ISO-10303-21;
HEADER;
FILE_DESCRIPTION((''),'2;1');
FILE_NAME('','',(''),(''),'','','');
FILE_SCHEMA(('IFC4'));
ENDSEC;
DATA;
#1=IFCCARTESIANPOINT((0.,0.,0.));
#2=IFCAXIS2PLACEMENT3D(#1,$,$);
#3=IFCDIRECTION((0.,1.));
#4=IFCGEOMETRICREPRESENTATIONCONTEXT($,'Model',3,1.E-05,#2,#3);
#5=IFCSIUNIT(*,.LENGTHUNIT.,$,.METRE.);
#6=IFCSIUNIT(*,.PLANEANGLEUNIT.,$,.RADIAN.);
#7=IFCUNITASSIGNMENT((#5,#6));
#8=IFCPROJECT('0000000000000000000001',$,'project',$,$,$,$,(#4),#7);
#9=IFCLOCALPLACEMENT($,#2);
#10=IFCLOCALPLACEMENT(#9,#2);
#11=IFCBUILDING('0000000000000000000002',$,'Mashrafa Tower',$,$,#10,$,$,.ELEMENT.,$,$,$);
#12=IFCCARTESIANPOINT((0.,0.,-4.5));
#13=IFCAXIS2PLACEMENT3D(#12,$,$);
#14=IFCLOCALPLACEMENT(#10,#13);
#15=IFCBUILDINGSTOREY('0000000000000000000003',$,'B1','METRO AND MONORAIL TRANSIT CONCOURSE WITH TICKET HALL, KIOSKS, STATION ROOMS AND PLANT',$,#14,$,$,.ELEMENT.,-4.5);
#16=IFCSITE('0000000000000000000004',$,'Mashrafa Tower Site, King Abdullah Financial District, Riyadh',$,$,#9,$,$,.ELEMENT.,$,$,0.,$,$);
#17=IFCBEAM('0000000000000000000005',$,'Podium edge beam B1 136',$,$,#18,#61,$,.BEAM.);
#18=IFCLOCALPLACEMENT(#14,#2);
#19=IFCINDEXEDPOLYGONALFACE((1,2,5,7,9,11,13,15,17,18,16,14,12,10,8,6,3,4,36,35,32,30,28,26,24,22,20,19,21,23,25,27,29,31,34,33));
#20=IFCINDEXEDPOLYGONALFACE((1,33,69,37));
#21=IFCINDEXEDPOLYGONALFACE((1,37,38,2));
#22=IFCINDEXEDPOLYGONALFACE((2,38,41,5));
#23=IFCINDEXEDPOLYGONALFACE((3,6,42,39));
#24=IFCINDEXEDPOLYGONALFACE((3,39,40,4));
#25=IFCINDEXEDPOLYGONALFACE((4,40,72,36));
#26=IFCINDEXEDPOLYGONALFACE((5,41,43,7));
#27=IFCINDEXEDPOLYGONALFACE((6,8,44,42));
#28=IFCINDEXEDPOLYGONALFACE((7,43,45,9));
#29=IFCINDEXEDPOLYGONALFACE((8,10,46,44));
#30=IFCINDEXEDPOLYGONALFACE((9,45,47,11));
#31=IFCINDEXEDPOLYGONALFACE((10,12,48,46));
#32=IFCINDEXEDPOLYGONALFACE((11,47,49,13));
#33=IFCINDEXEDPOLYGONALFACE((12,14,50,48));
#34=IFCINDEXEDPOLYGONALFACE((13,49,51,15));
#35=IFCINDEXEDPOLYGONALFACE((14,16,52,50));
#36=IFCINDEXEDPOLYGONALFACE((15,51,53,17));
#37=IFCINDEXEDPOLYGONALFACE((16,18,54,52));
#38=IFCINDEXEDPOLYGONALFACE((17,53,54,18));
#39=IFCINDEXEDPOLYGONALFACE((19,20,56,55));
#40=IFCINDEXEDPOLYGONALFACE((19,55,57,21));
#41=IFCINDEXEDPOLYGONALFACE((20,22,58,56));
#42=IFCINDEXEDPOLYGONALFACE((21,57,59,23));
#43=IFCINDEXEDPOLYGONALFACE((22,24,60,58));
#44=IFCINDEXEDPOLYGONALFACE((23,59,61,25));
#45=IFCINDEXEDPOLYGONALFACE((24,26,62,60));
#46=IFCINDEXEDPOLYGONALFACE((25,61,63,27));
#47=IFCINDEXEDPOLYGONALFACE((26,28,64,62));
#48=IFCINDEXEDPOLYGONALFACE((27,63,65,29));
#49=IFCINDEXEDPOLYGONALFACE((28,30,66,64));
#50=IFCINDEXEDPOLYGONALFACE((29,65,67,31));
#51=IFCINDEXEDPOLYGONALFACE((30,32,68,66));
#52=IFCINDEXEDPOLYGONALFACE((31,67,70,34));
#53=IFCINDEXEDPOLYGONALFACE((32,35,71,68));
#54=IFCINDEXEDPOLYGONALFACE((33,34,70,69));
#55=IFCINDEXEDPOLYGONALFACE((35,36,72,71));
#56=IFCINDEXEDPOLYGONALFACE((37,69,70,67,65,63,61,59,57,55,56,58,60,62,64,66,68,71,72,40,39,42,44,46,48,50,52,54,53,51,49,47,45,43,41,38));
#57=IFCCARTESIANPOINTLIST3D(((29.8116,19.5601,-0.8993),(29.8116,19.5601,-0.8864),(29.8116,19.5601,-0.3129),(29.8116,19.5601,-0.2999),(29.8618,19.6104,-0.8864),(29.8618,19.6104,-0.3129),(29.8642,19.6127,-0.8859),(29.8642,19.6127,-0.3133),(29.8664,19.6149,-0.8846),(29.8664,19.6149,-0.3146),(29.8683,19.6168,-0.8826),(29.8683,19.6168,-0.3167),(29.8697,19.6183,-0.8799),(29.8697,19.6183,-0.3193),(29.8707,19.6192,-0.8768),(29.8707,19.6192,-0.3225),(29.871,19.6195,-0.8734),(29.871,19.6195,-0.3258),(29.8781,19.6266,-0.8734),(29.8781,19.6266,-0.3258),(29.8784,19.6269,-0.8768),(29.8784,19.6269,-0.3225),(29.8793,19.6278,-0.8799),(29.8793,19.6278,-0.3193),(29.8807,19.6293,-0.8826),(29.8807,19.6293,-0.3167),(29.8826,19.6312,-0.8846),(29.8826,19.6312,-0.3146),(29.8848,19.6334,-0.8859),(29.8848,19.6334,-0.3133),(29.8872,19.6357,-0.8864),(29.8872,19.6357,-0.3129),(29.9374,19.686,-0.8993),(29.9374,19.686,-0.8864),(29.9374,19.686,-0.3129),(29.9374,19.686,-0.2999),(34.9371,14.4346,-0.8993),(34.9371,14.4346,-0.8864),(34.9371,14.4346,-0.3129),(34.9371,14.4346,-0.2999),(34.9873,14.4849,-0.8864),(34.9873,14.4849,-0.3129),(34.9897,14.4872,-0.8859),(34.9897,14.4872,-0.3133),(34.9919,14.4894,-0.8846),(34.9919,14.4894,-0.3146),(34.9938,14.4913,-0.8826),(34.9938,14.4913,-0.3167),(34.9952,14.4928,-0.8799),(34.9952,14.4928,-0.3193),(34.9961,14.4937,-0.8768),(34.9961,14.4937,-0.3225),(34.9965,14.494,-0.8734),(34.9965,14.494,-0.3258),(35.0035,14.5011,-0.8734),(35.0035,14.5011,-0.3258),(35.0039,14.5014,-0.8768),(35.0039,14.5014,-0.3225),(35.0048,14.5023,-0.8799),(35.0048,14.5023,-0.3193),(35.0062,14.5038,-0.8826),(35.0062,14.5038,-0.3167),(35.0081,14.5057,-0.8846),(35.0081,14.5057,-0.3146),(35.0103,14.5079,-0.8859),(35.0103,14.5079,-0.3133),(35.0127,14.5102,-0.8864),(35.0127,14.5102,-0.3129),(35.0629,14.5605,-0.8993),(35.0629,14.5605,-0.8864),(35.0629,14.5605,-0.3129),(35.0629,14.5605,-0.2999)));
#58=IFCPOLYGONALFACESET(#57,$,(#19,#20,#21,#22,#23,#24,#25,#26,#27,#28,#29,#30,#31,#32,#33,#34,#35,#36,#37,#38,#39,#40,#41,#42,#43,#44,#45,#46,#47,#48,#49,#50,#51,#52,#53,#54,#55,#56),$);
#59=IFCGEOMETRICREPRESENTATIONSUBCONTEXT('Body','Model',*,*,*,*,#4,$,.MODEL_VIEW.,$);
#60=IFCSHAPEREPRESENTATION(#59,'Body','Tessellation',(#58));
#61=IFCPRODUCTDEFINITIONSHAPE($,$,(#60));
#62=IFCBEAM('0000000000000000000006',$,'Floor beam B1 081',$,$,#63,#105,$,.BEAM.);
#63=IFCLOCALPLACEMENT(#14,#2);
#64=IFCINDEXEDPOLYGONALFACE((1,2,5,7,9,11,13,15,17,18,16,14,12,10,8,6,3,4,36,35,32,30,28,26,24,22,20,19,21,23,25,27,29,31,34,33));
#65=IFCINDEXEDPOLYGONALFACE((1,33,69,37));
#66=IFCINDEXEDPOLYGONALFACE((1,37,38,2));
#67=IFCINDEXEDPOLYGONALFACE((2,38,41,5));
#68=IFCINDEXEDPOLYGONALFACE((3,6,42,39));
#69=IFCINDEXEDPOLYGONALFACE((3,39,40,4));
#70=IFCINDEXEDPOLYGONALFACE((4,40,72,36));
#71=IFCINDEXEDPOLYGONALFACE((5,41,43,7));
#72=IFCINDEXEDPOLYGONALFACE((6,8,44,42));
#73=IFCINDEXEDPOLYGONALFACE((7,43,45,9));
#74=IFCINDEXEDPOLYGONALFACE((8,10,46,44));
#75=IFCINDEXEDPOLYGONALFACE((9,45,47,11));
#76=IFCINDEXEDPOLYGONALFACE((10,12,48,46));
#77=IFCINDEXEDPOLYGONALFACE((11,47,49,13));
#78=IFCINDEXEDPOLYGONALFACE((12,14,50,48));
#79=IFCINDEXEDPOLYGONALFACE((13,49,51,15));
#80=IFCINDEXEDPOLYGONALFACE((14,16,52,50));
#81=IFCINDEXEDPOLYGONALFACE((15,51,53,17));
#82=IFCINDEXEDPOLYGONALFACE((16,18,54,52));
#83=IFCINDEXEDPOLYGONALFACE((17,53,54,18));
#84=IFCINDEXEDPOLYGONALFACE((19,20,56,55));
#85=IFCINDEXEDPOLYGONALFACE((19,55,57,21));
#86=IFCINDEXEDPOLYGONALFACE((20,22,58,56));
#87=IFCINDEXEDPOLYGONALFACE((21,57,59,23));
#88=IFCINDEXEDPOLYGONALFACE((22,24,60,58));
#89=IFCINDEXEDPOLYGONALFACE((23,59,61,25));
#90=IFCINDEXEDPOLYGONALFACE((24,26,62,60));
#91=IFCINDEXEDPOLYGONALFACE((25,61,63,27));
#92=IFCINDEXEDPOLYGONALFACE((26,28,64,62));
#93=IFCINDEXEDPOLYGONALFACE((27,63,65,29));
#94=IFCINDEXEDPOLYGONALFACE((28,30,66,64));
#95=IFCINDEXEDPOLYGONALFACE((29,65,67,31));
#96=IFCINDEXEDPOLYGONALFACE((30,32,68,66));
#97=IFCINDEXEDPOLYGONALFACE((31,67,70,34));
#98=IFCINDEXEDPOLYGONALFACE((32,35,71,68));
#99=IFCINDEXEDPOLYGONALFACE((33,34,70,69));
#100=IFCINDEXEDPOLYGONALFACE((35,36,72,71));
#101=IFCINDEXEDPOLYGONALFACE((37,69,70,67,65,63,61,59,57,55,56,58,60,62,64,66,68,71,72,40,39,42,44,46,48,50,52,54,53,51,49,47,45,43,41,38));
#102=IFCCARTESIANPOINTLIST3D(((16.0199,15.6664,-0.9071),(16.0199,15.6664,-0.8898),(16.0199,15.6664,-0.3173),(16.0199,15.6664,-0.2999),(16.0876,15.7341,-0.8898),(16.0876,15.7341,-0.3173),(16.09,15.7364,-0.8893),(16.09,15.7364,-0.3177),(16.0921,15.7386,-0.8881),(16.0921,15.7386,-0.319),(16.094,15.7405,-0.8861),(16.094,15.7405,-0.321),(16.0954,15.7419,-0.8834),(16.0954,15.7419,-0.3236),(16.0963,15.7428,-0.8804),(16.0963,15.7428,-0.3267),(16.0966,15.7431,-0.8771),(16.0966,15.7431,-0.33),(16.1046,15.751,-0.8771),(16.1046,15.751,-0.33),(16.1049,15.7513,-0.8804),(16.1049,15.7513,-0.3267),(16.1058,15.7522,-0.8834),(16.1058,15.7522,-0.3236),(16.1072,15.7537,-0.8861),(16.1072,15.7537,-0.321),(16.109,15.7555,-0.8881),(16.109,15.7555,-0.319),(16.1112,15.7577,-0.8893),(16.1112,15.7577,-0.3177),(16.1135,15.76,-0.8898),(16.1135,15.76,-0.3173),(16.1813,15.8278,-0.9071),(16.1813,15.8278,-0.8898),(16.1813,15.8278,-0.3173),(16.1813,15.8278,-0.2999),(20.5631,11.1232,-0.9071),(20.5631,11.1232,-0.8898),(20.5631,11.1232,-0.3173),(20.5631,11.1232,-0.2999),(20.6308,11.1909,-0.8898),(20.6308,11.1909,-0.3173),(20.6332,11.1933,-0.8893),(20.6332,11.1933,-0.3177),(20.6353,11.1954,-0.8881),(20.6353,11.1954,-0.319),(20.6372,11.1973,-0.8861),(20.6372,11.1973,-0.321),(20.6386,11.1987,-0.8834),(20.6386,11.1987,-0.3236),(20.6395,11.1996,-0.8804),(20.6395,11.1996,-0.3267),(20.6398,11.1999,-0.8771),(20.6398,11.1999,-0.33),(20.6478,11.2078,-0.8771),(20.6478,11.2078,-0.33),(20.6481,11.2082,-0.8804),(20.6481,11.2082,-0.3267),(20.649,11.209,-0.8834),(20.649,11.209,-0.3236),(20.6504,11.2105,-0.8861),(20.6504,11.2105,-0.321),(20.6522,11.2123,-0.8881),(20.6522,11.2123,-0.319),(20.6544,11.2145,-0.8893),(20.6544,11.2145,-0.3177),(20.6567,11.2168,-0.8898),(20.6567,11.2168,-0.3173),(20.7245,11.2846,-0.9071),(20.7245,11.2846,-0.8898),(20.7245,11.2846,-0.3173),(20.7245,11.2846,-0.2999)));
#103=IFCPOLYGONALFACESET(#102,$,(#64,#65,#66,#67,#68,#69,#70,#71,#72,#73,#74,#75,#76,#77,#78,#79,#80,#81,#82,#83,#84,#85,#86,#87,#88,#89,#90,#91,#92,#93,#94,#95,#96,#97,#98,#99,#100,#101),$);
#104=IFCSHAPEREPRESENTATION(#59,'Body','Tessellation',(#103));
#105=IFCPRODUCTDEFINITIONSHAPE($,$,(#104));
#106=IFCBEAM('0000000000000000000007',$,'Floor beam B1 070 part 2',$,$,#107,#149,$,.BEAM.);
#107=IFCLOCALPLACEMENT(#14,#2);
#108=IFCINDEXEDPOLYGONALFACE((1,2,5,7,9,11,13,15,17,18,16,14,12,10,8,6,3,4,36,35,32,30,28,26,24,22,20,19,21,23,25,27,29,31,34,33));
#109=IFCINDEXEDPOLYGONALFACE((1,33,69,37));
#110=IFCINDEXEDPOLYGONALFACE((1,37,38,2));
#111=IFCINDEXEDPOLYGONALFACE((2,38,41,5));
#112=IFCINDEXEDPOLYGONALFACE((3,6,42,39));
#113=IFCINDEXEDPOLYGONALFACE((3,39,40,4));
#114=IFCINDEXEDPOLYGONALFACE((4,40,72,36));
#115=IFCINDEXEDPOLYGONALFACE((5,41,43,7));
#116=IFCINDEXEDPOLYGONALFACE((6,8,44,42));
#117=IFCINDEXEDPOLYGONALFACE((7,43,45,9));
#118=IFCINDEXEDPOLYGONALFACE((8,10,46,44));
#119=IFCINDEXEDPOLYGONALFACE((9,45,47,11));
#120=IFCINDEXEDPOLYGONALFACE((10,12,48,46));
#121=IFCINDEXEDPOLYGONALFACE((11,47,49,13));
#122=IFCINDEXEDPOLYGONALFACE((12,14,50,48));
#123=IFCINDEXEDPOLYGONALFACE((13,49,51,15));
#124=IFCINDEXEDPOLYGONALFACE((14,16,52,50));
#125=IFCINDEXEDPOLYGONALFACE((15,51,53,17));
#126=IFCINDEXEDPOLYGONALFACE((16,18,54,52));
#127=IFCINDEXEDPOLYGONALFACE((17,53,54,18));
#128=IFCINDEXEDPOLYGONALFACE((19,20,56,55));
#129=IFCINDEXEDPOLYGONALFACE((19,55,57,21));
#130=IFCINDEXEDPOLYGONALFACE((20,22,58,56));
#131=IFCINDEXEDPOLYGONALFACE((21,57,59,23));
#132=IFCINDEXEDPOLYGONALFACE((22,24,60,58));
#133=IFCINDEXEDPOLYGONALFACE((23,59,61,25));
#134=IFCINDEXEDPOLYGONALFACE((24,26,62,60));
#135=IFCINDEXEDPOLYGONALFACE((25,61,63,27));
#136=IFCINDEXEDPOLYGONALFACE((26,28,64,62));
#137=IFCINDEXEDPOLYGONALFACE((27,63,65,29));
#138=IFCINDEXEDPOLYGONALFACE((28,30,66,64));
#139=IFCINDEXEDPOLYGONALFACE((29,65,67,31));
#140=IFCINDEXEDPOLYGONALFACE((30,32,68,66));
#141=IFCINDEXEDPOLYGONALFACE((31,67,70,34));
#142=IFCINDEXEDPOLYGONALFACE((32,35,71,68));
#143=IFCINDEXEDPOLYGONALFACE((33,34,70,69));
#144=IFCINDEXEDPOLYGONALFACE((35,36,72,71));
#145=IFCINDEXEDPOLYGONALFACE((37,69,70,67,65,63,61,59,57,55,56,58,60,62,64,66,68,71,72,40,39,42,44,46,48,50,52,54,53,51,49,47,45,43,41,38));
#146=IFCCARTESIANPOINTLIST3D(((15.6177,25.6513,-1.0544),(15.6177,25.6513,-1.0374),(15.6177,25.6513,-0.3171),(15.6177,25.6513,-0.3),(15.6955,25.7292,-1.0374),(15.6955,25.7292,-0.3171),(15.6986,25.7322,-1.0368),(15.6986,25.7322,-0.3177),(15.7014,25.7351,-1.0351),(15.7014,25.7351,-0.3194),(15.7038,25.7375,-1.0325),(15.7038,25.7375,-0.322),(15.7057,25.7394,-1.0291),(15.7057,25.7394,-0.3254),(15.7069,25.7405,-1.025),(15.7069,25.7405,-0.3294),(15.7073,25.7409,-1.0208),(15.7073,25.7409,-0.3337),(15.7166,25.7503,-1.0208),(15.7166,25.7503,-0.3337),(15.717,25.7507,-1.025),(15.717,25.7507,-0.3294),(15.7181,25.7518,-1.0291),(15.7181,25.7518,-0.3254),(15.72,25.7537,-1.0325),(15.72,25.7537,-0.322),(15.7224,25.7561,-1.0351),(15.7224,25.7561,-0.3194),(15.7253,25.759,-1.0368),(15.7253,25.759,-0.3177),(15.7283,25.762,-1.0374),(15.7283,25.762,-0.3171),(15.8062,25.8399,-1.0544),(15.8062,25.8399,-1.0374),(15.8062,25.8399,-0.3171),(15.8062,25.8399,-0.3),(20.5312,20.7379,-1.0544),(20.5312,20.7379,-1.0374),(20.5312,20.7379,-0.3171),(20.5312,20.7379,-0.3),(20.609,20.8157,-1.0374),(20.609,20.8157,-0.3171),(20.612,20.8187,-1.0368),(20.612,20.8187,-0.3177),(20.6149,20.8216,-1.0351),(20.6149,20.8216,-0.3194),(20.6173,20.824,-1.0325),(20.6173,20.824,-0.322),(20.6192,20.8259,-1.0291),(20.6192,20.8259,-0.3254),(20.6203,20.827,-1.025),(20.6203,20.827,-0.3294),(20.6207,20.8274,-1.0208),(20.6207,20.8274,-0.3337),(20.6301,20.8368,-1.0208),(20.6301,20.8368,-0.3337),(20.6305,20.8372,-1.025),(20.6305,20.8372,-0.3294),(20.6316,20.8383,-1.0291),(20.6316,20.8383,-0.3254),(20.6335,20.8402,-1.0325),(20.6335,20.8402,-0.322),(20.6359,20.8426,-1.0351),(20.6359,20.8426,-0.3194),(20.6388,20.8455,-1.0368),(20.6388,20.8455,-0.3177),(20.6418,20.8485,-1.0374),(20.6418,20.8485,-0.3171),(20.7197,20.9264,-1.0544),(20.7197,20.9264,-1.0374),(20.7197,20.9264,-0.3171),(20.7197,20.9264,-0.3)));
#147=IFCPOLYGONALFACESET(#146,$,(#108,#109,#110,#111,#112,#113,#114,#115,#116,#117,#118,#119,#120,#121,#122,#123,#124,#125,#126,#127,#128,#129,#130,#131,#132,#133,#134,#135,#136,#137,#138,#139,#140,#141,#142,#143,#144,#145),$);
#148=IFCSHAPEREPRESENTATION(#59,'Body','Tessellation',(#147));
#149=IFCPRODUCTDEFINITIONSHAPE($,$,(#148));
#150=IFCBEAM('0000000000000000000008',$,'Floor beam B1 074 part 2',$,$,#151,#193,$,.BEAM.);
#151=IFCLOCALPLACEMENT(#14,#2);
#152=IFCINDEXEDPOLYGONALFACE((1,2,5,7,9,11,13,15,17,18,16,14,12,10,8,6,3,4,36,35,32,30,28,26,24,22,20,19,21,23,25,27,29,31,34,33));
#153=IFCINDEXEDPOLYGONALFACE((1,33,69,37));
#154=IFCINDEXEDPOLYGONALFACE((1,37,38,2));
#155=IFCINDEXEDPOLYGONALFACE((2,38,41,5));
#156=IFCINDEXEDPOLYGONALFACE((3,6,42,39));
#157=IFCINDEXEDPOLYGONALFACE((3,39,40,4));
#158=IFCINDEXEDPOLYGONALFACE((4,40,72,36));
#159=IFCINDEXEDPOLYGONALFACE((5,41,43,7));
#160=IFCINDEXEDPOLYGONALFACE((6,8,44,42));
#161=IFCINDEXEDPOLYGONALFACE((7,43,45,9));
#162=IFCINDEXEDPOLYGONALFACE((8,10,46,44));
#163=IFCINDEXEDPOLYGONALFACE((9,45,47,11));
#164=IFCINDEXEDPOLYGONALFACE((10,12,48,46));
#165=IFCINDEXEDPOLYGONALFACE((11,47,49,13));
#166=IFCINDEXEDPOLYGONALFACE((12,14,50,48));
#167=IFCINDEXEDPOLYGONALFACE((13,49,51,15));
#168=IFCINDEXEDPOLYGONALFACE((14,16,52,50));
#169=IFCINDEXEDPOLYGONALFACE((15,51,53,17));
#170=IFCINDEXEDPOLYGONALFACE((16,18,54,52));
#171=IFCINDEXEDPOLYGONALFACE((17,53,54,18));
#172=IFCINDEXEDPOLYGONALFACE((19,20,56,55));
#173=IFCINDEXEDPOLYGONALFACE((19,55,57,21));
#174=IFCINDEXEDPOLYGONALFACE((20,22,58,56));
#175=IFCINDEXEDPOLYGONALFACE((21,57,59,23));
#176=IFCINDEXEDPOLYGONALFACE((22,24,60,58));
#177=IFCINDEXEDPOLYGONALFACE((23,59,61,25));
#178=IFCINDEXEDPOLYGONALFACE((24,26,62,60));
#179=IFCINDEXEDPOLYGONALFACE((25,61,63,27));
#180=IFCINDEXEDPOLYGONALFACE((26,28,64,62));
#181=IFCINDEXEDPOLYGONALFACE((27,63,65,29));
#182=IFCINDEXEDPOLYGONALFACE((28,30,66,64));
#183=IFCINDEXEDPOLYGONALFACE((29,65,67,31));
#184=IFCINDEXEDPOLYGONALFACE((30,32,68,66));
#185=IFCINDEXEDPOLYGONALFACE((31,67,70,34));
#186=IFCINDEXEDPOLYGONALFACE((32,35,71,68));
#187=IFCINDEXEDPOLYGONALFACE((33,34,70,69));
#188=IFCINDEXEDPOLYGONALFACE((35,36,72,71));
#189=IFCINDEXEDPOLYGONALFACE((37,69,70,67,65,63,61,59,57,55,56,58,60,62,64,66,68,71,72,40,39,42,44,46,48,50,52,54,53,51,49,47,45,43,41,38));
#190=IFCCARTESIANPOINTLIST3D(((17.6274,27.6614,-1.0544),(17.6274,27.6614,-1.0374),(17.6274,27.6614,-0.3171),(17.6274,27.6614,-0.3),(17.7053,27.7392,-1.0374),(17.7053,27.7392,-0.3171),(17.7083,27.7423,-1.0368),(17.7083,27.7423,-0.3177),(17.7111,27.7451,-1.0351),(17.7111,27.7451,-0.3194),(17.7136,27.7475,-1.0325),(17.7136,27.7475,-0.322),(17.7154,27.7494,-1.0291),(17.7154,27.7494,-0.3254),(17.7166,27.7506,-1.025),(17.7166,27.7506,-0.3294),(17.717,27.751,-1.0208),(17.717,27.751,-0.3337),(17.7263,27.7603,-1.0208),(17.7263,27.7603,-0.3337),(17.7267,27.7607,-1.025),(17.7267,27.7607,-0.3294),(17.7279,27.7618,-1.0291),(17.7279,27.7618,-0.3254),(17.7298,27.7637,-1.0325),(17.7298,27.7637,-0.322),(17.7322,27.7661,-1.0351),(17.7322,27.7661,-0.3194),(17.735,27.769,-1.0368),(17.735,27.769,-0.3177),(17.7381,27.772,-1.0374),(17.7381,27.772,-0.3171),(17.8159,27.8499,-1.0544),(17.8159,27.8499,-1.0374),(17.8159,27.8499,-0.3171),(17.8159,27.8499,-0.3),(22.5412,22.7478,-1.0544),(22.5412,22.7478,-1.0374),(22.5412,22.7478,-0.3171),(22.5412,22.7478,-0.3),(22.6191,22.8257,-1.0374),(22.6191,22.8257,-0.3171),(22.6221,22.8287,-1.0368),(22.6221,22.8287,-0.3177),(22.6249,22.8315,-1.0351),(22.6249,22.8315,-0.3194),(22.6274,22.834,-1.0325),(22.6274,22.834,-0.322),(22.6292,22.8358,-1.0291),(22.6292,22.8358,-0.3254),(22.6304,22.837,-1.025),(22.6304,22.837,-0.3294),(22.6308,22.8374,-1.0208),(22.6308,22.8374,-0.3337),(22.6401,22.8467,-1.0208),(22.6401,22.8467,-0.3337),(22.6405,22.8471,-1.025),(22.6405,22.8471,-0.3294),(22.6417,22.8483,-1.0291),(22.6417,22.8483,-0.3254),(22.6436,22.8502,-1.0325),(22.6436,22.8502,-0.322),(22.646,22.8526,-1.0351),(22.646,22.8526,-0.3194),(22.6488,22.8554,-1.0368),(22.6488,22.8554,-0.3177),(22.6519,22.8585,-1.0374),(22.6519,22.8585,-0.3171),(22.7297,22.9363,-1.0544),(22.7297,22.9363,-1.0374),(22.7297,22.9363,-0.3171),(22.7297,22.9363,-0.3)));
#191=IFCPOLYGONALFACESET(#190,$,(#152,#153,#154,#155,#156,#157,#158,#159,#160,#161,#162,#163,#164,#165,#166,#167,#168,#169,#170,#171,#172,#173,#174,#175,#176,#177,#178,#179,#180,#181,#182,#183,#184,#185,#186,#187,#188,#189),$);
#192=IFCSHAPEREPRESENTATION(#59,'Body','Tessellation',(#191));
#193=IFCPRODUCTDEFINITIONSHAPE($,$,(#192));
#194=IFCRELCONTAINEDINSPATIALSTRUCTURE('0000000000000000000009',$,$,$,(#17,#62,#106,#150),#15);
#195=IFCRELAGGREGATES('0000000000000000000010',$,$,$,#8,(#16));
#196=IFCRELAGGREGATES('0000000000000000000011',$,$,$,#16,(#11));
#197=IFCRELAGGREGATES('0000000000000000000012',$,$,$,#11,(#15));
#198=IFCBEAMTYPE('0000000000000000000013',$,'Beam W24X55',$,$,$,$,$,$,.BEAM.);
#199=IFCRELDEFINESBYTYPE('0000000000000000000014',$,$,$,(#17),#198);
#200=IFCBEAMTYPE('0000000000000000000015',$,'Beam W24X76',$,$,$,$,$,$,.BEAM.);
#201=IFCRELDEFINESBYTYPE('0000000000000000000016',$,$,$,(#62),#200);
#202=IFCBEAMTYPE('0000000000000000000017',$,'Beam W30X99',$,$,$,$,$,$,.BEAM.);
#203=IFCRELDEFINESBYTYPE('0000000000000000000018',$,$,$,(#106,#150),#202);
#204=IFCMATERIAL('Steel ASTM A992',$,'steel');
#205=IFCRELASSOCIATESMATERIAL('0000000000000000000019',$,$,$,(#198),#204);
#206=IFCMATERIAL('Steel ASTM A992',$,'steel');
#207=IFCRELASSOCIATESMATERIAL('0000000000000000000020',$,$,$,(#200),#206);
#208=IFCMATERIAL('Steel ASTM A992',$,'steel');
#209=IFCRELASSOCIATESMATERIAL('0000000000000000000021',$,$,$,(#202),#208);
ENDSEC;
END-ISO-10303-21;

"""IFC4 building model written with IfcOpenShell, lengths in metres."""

from ifc_helpers import new_model, si_unit, direction, frame, origin, origin_2d, place, context, subcontext, project, spatial, i_section, extrude, material, material_profile, profile_set, type_object, element, save


model = new_model("IFC4")

# Units and contexts
model_context = context("Model", 3, precision=1e-05, world=origin(), true_north=direction((0.0, 1.0)))
body_context = subcontext(model_context, "Body", "Model", "MODEL_VIEW")
ifc_project = project(units=[si_unit("LENGTHUNIT", "METRE"), si_unit("PLANEANGLEUNIT", "RADIAN")], contexts=[model_context])

# Site, building, storey
site_placement = place(None, origin())
site = spatial("IfcSite", under=ifc_project, at=site_placement, Name="Mashrafa Tower Site, King Abdullah Financial District, Riyadh", CompositionType="ELEMENT", RefElevation=0.0)
building_placement = place(site_placement, origin())
building = spatial("IfcBuilding", under=site, at=building_placement, Name="Mashrafa Tower", CompositionType="ELEMENT")
storey_placement = place(building_placement, frame((0.0, 0.0, -4.5)))
storey = spatial("IfcBuildingStorey", under=building, at=storey_placement, Name="B1", Description="METRO AND MONORAIL TRANSIT CONCOURSE WITH TICKET HALL, KIOSKS, STATION ROOMS AND PLANT", CompositionType="ELEMENT", Elevation=-4.5)

# Beams
ifc_material_1 = material(Name="Steel ASTM A992", Category="steel")
ifc_material_profile_1 = material_profile(ifc_material_1, i_section(OverallWidth=0.178, OverallDepth=0.5994, WebThickness=0.01, FlangeThickness=0.0129, FilletRadius=0.0129, at=origin_2d()), Name="W24X55")
ifc_profile_set_1 = profile_set([ifc_material_profile_1], Name="Steel ASTM A992")
beam_type_1 = type_object("IfcBeamType", Name="Beam W24X55", PredefinedType="BEAM", material=ifc_profile_set_1)
beam_1_placement = place(storey_placement, frame((35.0, 14.4976, -0.5996), z_axis=(-0.707107, 0.707107, 0.0), x_axis=(-0.707107, -0.707107, 0.0)))
element("IfcBeam", 1, at=beam_1_placement, inside=storey, type_object=beam_type_1, Name="Podium edge beam B1 136", PredefinedType="BEAM", context=body_context, shape_type="SweptSolid", body=[
    extrude(i_section(OverallWidth=0.178, OverallDepth=0.5994, WebThickness=0.01, FlangeThickness=0.0129, FilletRadius=0.0129, at=origin_2d()), origin(), (0.0, 0.0, 1.0), 7.2485),
])
ifc_material_2 = material(Name="Steel ASTM A992", Category="steel")
ifc_material_profile_2 = material_profile(ifc_material_2, i_section(OverallWidth=0.2283, OverallDepth=0.6072, WebThickness=0.0112, FlangeThickness=0.0173, FilletRadius=0.0127, at=origin_2d()), Name="W24X76")
ifc_profile_set_2 = profile_set([ifc_material_profile_2], Name="Steel ASTM A992")
beam_type_2 = type_object("IfcBeamType", Name="Beam W24X76", PredefinedType="BEAM", material=ifc_profile_set_2)
beam_2_placement = place(storey_placement, frame((16.1006, 15.7471, -0.6035), z_axis=(0.707107, -0.707107, 0.0), x_axis=(0.707107, 0.707107, 0.0)))
element("IfcBeam", 2, at=beam_2_placement, inside=storey, type_object=beam_type_2, Name="Floor beam B1 081", PredefinedType="BEAM", context=body_context, shape_type="SweptSolid", body=[
    extrude(i_section(OverallWidth=0.2283, OverallDepth=0.6072, WebThickness=0.0112, FlangeThickness=0.0173, FilletRadius=0.0127, at=origin_2d()), origin(), (0.0, 0.0, 1.0), 6.425),
])
ifc_material_3 = material(Name="Steel ASTM A992", Category="steel")
ifc_material_profile_3 = material_profile(ifc_material_3, i_section(OverallWidth=0.2666, OverallDepth=0.7544, WebThickness=0.0132, FlangeThickness=0.0171, FilletRadius=0.0166, at=origin_2d()), Name="W30X99")
ifc_profile_set_3 = profile_set([ifc_material_profile_3], Name="Steel ASTM A992")
beam_type_3 = type_object("IfcBeamType", Name="Beam W30X99", PredefinedType="BEAM", material=ifc_profile_set_3)
beam_3_placement = place(storey_placement, frame((15.7119, 25.7456, -0.6772), z_axis=(0.707107, -0.707107, 0.0), x_axis=(0.707107, 0.707107, 0.0)))
element("IfcBeam", 3, at=beam_3_placement, inside=storey, type_object=beam_type_3, Name="Floor beam B1 070 part 2", PredefinedType="BEAM", context=body_context, shape_type="SweptSolid", body=[
    extrude(i_section(OverallWidth=0.2666, OverallDepth=0.7544, WebThickness=0.0132, FlangeThickness=0.0171, FilletRadius=0.0166, at=origin_2d()), origin(), (0.0, 0.0, 1.0), 6.9487),
])
beam_4_placement = place(storey_placement, frame((17.7217, 27.7556, -0.6772), z_axis=(0.707124, -0.707089, 0.0), x_axis=(0.707089, 0.707124, 0.0)))
element("IfcBeam", 4, at=beam_4_placement, inside=storey, type_object=beam_type_3, Name="Floor beam B1 074 part 2", PredefinedType="BEAM", context=body_context, shape_type="SweptSolid", body=[
    extrude(i_section(OverallWidth=0.2666, OverallDepth=0.7544, WebThickness=0.0132, FlangeThickness=0.0171, FilletRadius=0.0166, at=origin_2d()), origin(), (0.0, 0.0, 1.0), 6.949),
])

save(model, "model.ifc")
